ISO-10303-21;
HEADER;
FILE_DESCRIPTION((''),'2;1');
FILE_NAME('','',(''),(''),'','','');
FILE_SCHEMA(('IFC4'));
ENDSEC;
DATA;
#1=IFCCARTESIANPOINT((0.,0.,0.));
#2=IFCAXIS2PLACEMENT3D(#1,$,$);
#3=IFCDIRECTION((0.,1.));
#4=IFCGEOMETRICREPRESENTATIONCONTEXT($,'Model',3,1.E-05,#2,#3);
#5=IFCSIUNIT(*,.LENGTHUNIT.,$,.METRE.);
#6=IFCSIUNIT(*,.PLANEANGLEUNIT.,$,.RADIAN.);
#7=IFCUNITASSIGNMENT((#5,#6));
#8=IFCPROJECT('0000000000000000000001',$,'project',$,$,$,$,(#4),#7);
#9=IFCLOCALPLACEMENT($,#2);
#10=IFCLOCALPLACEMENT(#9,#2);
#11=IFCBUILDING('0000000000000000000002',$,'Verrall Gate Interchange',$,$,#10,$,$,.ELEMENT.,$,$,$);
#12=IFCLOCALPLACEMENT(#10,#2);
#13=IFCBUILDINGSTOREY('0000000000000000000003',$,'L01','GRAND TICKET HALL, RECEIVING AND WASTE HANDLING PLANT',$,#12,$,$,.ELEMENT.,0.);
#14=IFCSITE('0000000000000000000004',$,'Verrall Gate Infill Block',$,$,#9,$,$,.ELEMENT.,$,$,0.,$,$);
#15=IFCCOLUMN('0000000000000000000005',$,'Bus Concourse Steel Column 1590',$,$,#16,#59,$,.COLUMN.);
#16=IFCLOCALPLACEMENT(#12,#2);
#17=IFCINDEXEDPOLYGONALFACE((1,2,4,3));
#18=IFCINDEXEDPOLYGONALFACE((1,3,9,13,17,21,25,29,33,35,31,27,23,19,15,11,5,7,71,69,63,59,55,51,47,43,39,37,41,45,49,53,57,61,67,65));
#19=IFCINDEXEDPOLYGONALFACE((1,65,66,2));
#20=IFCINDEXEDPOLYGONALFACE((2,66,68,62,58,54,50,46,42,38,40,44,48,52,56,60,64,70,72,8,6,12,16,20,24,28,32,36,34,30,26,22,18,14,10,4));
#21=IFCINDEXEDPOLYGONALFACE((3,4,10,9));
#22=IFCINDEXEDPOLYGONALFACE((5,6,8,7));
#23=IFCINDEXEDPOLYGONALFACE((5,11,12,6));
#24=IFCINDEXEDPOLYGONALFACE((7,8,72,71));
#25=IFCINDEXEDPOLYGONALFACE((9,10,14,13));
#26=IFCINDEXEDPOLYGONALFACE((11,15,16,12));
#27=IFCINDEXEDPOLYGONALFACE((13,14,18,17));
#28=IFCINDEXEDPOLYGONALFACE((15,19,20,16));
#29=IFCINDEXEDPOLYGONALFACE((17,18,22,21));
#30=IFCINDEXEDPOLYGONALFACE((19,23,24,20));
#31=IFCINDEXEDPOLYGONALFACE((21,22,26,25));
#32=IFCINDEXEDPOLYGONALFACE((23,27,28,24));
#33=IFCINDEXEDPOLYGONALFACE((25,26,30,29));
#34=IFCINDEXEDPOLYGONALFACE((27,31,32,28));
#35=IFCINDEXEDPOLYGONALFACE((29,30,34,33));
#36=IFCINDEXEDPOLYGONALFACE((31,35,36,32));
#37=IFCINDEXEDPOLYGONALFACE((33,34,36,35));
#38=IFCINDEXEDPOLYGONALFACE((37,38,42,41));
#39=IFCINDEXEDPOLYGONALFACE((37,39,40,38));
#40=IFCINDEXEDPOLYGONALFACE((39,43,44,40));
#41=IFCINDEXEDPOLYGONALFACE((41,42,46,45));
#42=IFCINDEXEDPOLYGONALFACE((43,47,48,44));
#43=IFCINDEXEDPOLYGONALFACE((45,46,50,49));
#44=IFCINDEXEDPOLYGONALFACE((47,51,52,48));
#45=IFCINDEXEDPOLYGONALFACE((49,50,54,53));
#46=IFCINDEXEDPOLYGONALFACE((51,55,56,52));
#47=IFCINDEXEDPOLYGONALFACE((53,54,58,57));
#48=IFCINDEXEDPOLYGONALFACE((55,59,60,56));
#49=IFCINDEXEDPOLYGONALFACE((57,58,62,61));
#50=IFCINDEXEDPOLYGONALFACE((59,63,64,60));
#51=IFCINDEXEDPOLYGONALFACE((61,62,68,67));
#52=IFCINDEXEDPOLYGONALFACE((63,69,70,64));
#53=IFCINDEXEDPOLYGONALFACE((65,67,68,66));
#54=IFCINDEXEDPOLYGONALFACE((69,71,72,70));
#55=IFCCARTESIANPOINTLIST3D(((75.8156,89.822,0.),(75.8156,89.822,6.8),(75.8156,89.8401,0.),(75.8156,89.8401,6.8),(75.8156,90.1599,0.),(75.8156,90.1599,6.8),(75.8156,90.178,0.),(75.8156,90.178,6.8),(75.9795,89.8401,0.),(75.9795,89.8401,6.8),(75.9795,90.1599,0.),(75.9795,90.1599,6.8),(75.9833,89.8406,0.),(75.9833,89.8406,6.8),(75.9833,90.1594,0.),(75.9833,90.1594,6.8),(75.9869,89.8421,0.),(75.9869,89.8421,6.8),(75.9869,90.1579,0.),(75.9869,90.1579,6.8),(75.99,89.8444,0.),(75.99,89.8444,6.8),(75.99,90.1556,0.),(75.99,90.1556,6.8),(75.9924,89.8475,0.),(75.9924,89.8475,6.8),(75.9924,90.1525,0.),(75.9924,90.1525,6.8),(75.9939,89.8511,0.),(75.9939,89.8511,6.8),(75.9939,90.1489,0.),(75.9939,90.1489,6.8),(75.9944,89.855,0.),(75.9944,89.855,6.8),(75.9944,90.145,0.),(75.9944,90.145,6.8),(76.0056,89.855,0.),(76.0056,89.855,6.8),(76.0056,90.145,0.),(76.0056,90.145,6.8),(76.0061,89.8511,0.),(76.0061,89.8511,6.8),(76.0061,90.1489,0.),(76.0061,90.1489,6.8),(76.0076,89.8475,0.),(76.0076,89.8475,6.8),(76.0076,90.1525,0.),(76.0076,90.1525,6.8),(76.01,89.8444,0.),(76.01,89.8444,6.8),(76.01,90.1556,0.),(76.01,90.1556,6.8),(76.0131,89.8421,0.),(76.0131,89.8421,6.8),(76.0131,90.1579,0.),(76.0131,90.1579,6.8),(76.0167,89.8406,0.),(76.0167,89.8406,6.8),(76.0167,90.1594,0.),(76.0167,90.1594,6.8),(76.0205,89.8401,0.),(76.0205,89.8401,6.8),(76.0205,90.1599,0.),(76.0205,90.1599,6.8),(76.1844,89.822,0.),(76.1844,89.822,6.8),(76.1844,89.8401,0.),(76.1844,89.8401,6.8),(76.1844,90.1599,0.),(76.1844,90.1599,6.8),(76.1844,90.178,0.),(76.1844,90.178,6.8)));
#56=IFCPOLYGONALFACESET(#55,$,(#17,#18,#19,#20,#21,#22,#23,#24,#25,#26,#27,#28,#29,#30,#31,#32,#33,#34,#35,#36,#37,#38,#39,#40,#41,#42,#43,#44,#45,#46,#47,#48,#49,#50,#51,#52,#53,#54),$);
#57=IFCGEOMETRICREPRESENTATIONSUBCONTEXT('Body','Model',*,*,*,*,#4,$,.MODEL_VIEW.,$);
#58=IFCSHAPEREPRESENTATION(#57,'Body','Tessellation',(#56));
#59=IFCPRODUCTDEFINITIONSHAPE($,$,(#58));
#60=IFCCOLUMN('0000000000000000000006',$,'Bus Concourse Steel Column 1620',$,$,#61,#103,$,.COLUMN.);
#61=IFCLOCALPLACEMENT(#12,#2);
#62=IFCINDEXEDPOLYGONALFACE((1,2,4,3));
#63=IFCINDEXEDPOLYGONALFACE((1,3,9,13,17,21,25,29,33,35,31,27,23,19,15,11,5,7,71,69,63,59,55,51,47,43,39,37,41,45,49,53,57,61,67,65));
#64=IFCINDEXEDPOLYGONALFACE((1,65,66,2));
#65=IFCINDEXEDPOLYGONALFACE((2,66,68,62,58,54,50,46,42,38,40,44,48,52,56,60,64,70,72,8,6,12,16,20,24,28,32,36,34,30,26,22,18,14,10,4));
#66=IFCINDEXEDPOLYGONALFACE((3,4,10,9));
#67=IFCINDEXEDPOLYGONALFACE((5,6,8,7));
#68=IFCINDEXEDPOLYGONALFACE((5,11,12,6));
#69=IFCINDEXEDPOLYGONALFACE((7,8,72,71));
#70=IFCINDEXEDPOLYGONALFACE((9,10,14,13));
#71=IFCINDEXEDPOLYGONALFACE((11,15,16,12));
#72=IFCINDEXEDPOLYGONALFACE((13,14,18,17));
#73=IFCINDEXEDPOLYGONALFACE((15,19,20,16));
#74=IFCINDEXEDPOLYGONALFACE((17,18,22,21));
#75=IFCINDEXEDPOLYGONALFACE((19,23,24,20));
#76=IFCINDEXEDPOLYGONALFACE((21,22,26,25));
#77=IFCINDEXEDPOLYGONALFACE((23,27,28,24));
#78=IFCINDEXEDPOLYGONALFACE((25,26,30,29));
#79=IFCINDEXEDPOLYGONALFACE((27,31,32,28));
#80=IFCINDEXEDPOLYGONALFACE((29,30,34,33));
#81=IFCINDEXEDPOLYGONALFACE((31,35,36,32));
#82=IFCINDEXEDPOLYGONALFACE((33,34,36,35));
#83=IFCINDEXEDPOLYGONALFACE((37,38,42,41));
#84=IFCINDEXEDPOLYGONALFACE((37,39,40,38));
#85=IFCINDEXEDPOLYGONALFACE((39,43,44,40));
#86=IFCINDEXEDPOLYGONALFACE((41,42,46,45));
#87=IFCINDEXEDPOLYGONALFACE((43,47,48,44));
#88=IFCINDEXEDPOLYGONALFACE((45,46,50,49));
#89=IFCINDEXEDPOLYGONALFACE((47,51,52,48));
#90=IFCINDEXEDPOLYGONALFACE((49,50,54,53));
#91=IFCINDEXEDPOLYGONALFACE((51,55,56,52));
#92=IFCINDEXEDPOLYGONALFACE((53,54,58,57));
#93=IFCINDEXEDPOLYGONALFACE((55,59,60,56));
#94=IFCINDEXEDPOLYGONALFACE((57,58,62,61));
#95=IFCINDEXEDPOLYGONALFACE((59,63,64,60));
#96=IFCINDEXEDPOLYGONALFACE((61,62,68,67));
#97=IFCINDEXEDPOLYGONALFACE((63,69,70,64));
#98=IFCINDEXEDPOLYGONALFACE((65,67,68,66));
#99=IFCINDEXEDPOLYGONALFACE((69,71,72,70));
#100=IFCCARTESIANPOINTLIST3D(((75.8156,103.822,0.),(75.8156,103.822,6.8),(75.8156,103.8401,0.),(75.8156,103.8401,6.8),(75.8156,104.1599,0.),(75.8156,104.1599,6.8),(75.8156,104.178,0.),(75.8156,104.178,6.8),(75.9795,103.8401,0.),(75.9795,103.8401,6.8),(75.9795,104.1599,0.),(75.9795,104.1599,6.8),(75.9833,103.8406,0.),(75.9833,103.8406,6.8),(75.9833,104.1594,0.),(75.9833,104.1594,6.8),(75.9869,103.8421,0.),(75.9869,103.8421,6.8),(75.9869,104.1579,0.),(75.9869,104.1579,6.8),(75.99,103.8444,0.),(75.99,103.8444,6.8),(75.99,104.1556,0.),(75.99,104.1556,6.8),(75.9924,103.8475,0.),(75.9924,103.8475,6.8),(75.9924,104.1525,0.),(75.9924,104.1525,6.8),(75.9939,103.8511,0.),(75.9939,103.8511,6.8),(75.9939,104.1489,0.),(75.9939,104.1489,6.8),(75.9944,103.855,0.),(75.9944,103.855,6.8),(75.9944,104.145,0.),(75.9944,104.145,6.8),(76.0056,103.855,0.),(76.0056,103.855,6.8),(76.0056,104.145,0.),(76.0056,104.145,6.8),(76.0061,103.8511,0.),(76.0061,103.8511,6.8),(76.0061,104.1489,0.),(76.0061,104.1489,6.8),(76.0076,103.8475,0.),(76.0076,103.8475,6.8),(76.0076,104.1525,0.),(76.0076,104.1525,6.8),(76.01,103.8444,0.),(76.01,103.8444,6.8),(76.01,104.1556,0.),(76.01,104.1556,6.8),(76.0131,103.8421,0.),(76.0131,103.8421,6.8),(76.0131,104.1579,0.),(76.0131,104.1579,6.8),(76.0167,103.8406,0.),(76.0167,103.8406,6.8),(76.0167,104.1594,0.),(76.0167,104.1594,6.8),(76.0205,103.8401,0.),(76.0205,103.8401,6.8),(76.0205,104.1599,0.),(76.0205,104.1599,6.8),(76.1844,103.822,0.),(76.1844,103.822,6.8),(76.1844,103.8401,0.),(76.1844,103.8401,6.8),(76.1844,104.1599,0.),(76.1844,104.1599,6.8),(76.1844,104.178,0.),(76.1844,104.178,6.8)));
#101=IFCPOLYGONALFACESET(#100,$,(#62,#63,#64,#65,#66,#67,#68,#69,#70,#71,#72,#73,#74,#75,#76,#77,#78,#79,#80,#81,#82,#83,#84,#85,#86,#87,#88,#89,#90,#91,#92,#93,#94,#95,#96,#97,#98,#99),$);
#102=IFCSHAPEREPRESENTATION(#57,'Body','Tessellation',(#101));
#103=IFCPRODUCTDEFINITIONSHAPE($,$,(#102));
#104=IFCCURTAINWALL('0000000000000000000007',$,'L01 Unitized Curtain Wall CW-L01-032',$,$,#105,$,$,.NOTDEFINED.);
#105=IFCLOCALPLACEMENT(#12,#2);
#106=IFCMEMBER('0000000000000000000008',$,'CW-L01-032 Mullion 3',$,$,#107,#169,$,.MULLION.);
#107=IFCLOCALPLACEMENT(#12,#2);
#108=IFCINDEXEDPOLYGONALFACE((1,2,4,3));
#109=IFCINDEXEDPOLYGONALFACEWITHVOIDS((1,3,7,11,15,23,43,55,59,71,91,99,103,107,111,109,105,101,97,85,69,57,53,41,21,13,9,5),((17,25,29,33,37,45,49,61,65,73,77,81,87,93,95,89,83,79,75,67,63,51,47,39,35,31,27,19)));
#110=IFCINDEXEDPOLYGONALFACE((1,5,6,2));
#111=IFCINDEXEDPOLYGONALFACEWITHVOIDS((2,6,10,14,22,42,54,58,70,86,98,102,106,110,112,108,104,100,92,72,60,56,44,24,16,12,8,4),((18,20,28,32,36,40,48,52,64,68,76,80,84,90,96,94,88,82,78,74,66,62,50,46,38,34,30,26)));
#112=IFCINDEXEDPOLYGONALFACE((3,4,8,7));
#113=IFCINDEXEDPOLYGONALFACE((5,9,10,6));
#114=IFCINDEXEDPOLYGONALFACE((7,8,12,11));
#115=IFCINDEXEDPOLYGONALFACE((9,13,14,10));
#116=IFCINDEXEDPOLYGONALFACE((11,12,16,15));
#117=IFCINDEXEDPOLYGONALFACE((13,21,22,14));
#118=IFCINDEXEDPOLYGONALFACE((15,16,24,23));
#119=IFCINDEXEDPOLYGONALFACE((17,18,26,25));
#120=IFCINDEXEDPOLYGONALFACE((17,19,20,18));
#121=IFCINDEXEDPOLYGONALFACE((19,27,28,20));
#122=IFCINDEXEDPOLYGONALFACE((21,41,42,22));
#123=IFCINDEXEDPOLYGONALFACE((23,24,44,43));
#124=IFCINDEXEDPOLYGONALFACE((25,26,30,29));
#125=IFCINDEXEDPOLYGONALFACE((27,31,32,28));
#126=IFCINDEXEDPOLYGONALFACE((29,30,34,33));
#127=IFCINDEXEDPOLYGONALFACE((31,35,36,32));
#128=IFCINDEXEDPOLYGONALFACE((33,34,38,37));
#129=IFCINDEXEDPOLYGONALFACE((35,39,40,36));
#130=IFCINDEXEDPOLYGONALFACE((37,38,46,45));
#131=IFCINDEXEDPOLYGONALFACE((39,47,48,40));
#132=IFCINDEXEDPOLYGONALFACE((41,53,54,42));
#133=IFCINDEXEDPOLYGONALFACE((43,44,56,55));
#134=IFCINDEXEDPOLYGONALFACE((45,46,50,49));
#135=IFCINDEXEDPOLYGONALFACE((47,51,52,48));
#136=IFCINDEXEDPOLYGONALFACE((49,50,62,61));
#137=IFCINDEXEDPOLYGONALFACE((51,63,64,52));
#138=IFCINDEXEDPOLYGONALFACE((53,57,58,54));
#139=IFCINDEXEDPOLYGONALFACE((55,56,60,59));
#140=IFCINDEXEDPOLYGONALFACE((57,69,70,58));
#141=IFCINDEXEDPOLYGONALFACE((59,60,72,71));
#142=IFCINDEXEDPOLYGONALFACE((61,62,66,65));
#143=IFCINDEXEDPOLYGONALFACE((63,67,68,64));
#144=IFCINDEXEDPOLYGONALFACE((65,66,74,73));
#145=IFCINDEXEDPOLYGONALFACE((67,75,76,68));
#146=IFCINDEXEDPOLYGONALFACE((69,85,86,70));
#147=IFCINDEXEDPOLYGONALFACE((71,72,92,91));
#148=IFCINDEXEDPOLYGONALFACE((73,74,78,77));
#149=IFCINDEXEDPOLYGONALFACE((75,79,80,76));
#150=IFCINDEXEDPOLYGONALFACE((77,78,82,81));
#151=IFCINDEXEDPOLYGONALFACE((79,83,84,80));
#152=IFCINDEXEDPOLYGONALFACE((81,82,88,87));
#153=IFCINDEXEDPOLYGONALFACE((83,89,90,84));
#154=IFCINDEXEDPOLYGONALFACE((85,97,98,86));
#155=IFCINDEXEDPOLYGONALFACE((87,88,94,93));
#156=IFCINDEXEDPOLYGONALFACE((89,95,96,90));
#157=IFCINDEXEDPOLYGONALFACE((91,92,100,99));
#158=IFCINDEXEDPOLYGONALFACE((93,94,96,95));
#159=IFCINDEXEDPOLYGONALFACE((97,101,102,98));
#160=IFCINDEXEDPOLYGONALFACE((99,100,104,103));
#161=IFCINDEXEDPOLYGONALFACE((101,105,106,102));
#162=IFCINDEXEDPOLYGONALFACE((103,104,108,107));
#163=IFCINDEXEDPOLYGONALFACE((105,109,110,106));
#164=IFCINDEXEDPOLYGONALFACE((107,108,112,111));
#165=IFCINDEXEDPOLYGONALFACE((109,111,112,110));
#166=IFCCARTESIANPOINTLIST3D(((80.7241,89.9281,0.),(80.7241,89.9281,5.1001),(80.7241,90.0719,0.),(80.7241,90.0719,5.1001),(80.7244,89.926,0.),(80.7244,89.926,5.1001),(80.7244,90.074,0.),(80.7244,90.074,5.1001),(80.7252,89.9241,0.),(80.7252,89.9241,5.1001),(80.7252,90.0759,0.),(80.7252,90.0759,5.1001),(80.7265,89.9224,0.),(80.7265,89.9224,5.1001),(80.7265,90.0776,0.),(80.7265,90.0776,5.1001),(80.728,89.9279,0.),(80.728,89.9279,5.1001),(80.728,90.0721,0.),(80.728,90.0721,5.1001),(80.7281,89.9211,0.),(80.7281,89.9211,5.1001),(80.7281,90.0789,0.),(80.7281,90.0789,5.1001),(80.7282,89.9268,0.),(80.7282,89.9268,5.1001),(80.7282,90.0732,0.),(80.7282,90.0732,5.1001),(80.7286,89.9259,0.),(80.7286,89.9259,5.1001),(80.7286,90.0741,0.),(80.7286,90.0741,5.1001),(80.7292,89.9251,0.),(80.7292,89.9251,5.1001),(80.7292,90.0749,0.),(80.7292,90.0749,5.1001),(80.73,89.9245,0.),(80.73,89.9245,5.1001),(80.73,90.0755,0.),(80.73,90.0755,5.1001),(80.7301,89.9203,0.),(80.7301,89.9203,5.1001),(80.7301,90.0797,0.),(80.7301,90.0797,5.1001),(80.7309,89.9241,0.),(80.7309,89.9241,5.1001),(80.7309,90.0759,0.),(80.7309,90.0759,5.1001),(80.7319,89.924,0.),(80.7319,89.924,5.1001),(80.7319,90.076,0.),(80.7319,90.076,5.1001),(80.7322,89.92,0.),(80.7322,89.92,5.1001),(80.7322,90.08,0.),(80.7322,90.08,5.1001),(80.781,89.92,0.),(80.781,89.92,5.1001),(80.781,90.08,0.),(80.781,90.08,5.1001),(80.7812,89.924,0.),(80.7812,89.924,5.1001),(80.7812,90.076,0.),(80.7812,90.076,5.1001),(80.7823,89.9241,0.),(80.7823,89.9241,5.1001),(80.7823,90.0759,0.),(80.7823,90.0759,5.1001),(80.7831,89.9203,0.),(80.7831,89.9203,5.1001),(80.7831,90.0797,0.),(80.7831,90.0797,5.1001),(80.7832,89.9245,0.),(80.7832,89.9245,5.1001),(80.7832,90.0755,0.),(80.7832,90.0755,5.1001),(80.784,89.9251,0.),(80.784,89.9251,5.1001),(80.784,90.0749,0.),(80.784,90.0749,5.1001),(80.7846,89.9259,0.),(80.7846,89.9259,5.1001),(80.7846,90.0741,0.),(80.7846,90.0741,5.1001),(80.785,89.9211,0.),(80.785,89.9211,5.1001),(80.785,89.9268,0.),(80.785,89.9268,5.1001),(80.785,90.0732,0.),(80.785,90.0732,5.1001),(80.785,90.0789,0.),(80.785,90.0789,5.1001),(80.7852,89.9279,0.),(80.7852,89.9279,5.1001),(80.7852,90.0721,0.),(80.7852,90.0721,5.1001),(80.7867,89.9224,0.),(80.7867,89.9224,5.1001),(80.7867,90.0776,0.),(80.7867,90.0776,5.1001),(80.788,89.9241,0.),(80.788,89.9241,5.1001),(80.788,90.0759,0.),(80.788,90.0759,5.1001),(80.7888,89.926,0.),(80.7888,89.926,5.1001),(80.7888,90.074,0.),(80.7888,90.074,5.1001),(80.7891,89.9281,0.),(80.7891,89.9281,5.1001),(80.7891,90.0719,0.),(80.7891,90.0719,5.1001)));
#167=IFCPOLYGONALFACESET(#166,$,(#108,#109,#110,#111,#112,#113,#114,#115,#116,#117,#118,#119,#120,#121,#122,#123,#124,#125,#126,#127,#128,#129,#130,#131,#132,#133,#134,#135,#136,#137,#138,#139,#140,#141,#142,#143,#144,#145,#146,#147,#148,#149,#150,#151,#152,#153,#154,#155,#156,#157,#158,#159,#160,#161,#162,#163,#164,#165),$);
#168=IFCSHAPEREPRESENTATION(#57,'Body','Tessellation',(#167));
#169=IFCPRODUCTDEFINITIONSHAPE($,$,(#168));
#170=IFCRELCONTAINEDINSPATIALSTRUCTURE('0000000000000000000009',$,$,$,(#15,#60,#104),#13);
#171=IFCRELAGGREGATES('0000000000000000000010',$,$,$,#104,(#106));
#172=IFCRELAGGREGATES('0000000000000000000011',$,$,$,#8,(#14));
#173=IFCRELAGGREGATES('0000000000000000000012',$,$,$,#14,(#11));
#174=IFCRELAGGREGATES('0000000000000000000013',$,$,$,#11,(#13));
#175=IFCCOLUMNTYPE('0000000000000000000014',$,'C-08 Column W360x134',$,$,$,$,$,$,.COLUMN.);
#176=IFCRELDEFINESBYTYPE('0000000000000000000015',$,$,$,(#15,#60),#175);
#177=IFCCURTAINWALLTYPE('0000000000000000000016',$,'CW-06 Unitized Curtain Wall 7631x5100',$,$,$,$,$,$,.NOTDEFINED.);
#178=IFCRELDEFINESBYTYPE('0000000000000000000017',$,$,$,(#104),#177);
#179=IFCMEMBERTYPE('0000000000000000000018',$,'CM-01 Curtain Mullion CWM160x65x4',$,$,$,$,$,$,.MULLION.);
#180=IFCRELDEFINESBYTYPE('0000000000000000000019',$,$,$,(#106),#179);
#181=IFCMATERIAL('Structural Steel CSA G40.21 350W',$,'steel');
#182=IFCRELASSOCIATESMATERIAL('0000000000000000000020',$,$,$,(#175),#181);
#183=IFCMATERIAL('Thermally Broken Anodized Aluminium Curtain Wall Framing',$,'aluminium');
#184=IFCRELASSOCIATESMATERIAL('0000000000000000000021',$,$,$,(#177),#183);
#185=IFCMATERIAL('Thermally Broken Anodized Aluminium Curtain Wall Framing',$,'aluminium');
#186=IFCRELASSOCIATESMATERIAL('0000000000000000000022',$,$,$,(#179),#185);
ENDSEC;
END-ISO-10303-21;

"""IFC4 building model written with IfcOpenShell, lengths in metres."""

from ifc_helpers import new_model, si_unit, direction, frame, origin, origin_2d, place, context, subcontext, project, spatial, hollow_rectangle, i_section, extrude, material, material_profile, profile_set, type_object, element, aggregate, save


model = new_model("IFC4")

# Units and contexts
model_context = context("Model", 3, precision=1e-05, world=origin(), true_north=direction((0.0, 1.0)))
body_context = subcontext(model_context, "Body", "Model", "MODEL_VIEW")
ifc_project = project(units=[si_unit("LENGTHUNIT", "METRE"), si_unit("PLANEANGLEUNIT", "RADIAN")], contexts=[model_context])

# Site, building, storey
site_placement = place(None, origin())
site = spatial("IfcSite", under=ifc_project, at=site_placement, Name="Verrall Gate Infill Block", CompositionType="ELEMENT", RefElevation=0.0)
building_placement = place(site_placement, origin())
building = spatial("IfcBuilding", under=site, at=building_placement, Name="Verrall Gate Interchange", CompositionType="ELEMENT")
storey_placement = place(building_placement, origin())
storey = spatial("IfcBuildingStorey", under=building, at=storey_placement, Name="L01", Description="GRAND TICKET HALL, RECEIVING AND WASTE HANDLING PLANT", CompositionType="ELEMENT", Elevation=0.0)

# Columns
ifc_material_1 = material(Name="Structural Steel CSA G40.21 350W", Category="steel")
ifc_material_profile_1 = material_profile(ifc_material_1, i_section(OverallWidth=0.3689, OverallDepth=0.356, WebThickness=0.0112, FlangeThickness=0.0181, FilletRadius=0.0149, at=origin_2d()), Name="W360x134")
ifc_profile_set_1 = profile_set([ifc_material_profile_1], Name="Structural Steel CSA G40.21 350W")
column_type = type_object("IfcColumnType", Name="C-08 Column W360x134", PredefinedType="COLUMN", material=ifc_profile_set_1)
for number, where, z_axis, x_axis, name in (
    (1, (76.0, 90.0, 0.0), (0.0, 0.0, 1.0), (1.0, 0.0, 0.0), "Bus Concourse Steel Column 1590"),
    (2, (76.0, 104.0, 0.0), (0.0, 0.0, 1.0), (1.0, 0.0, 0.0), "Bus Concourse Steel Column 1620"),
):
    element("IfcColumn", number, at=place(storey_placement, frame(where, z_axis=z_axis, x_axis=x_axis)), inside=storey, type_object=column_type, Name=name, PredefinedType="COLUMN", context=body_context, shape_type="SweptSolid", body=[
        extrude(i_section(OverallWidth=0.3689, OverallDepth=0.356, WebThickness=0.0112, FlangeThickness=0.0181, FilletRadius=0.0149, at=origin_2d()), origin(), (0.0, 0.0, 1.0), 6.8),
    ])

# Curtain wall, member
ifc_material_2 = material(Name="Thermally Broken Anodized Aluminium Curtain Wall Framing", Category="aluminium")
curtain_wall_type = type_object("IfcCurtainWallType", Name="CW-06 Unitized Curtain Wall 7631x5100", PredefinedType="NOTDEFINED", material=ifc_material_2)
curtain_wall_1_placement = place(storey_placement, origin())
curtain_wall_1 = element("IfcCurtainWall", 3, at=curtain_wall_1_placement, inside=storey, type_object=curtain_wall_type, Name="L01 Unitized Curtain Wall CW-L01-032", PredefinedType="NOTDEFINED")
ifc_material_3 = material(Name="Thermally Broken Anodized Aluminium Curtain Wall Framing", Category="aluminium")
ifc_material_profile_2 = material_profile(ifc_material_3, hollow_rectangle(XDim=0.0649, YDim=0.1599, WallThickness=0.0039, InnerFilletRadius=0.0039, OuterFilletRadius=0.0081, at=origin_2d()), Name="CWM160x65x4")
ifc_profile_set_2 = profile_set([ifc_material_profile_2], Name="Thermally Broken Anodized Aluminium Curtain Wall Framing")
member_type_1 = type_object("IfcMemberType", Name="CM-01 Curtain Mullion CWM160x65x4", PredefinedType="MULLION", material=ifc_profile_set_2)
member_1_placement = place(storey_placement, frame((80.7566, 90.0, 0.0), z_axis=(0.0, 0.0, 1.0), x_axis=(-1.0, 0.0, 0.0)))
member_1 = element("IfcMember", 4, at=member_1_placement, type_object=member_type_1, Name="CW-L01-032 Mullion 3", PredefinedType="MULLION", context=body_context, shape_type="SweptSolid", body=[
    extrude(hollow_rectangle(XDim=0.0649, YDim=0.1599, WallThickness=0.0039, InnerFilletRadius=0.0039, OuterFilletRadius=0.0081, at=origin_2d()), origin(), (0.0, 0.0, 1.0), 5.1001),
])

aggregate(curtain_wall_1, [member_1])

save(model, "model.ifc")
